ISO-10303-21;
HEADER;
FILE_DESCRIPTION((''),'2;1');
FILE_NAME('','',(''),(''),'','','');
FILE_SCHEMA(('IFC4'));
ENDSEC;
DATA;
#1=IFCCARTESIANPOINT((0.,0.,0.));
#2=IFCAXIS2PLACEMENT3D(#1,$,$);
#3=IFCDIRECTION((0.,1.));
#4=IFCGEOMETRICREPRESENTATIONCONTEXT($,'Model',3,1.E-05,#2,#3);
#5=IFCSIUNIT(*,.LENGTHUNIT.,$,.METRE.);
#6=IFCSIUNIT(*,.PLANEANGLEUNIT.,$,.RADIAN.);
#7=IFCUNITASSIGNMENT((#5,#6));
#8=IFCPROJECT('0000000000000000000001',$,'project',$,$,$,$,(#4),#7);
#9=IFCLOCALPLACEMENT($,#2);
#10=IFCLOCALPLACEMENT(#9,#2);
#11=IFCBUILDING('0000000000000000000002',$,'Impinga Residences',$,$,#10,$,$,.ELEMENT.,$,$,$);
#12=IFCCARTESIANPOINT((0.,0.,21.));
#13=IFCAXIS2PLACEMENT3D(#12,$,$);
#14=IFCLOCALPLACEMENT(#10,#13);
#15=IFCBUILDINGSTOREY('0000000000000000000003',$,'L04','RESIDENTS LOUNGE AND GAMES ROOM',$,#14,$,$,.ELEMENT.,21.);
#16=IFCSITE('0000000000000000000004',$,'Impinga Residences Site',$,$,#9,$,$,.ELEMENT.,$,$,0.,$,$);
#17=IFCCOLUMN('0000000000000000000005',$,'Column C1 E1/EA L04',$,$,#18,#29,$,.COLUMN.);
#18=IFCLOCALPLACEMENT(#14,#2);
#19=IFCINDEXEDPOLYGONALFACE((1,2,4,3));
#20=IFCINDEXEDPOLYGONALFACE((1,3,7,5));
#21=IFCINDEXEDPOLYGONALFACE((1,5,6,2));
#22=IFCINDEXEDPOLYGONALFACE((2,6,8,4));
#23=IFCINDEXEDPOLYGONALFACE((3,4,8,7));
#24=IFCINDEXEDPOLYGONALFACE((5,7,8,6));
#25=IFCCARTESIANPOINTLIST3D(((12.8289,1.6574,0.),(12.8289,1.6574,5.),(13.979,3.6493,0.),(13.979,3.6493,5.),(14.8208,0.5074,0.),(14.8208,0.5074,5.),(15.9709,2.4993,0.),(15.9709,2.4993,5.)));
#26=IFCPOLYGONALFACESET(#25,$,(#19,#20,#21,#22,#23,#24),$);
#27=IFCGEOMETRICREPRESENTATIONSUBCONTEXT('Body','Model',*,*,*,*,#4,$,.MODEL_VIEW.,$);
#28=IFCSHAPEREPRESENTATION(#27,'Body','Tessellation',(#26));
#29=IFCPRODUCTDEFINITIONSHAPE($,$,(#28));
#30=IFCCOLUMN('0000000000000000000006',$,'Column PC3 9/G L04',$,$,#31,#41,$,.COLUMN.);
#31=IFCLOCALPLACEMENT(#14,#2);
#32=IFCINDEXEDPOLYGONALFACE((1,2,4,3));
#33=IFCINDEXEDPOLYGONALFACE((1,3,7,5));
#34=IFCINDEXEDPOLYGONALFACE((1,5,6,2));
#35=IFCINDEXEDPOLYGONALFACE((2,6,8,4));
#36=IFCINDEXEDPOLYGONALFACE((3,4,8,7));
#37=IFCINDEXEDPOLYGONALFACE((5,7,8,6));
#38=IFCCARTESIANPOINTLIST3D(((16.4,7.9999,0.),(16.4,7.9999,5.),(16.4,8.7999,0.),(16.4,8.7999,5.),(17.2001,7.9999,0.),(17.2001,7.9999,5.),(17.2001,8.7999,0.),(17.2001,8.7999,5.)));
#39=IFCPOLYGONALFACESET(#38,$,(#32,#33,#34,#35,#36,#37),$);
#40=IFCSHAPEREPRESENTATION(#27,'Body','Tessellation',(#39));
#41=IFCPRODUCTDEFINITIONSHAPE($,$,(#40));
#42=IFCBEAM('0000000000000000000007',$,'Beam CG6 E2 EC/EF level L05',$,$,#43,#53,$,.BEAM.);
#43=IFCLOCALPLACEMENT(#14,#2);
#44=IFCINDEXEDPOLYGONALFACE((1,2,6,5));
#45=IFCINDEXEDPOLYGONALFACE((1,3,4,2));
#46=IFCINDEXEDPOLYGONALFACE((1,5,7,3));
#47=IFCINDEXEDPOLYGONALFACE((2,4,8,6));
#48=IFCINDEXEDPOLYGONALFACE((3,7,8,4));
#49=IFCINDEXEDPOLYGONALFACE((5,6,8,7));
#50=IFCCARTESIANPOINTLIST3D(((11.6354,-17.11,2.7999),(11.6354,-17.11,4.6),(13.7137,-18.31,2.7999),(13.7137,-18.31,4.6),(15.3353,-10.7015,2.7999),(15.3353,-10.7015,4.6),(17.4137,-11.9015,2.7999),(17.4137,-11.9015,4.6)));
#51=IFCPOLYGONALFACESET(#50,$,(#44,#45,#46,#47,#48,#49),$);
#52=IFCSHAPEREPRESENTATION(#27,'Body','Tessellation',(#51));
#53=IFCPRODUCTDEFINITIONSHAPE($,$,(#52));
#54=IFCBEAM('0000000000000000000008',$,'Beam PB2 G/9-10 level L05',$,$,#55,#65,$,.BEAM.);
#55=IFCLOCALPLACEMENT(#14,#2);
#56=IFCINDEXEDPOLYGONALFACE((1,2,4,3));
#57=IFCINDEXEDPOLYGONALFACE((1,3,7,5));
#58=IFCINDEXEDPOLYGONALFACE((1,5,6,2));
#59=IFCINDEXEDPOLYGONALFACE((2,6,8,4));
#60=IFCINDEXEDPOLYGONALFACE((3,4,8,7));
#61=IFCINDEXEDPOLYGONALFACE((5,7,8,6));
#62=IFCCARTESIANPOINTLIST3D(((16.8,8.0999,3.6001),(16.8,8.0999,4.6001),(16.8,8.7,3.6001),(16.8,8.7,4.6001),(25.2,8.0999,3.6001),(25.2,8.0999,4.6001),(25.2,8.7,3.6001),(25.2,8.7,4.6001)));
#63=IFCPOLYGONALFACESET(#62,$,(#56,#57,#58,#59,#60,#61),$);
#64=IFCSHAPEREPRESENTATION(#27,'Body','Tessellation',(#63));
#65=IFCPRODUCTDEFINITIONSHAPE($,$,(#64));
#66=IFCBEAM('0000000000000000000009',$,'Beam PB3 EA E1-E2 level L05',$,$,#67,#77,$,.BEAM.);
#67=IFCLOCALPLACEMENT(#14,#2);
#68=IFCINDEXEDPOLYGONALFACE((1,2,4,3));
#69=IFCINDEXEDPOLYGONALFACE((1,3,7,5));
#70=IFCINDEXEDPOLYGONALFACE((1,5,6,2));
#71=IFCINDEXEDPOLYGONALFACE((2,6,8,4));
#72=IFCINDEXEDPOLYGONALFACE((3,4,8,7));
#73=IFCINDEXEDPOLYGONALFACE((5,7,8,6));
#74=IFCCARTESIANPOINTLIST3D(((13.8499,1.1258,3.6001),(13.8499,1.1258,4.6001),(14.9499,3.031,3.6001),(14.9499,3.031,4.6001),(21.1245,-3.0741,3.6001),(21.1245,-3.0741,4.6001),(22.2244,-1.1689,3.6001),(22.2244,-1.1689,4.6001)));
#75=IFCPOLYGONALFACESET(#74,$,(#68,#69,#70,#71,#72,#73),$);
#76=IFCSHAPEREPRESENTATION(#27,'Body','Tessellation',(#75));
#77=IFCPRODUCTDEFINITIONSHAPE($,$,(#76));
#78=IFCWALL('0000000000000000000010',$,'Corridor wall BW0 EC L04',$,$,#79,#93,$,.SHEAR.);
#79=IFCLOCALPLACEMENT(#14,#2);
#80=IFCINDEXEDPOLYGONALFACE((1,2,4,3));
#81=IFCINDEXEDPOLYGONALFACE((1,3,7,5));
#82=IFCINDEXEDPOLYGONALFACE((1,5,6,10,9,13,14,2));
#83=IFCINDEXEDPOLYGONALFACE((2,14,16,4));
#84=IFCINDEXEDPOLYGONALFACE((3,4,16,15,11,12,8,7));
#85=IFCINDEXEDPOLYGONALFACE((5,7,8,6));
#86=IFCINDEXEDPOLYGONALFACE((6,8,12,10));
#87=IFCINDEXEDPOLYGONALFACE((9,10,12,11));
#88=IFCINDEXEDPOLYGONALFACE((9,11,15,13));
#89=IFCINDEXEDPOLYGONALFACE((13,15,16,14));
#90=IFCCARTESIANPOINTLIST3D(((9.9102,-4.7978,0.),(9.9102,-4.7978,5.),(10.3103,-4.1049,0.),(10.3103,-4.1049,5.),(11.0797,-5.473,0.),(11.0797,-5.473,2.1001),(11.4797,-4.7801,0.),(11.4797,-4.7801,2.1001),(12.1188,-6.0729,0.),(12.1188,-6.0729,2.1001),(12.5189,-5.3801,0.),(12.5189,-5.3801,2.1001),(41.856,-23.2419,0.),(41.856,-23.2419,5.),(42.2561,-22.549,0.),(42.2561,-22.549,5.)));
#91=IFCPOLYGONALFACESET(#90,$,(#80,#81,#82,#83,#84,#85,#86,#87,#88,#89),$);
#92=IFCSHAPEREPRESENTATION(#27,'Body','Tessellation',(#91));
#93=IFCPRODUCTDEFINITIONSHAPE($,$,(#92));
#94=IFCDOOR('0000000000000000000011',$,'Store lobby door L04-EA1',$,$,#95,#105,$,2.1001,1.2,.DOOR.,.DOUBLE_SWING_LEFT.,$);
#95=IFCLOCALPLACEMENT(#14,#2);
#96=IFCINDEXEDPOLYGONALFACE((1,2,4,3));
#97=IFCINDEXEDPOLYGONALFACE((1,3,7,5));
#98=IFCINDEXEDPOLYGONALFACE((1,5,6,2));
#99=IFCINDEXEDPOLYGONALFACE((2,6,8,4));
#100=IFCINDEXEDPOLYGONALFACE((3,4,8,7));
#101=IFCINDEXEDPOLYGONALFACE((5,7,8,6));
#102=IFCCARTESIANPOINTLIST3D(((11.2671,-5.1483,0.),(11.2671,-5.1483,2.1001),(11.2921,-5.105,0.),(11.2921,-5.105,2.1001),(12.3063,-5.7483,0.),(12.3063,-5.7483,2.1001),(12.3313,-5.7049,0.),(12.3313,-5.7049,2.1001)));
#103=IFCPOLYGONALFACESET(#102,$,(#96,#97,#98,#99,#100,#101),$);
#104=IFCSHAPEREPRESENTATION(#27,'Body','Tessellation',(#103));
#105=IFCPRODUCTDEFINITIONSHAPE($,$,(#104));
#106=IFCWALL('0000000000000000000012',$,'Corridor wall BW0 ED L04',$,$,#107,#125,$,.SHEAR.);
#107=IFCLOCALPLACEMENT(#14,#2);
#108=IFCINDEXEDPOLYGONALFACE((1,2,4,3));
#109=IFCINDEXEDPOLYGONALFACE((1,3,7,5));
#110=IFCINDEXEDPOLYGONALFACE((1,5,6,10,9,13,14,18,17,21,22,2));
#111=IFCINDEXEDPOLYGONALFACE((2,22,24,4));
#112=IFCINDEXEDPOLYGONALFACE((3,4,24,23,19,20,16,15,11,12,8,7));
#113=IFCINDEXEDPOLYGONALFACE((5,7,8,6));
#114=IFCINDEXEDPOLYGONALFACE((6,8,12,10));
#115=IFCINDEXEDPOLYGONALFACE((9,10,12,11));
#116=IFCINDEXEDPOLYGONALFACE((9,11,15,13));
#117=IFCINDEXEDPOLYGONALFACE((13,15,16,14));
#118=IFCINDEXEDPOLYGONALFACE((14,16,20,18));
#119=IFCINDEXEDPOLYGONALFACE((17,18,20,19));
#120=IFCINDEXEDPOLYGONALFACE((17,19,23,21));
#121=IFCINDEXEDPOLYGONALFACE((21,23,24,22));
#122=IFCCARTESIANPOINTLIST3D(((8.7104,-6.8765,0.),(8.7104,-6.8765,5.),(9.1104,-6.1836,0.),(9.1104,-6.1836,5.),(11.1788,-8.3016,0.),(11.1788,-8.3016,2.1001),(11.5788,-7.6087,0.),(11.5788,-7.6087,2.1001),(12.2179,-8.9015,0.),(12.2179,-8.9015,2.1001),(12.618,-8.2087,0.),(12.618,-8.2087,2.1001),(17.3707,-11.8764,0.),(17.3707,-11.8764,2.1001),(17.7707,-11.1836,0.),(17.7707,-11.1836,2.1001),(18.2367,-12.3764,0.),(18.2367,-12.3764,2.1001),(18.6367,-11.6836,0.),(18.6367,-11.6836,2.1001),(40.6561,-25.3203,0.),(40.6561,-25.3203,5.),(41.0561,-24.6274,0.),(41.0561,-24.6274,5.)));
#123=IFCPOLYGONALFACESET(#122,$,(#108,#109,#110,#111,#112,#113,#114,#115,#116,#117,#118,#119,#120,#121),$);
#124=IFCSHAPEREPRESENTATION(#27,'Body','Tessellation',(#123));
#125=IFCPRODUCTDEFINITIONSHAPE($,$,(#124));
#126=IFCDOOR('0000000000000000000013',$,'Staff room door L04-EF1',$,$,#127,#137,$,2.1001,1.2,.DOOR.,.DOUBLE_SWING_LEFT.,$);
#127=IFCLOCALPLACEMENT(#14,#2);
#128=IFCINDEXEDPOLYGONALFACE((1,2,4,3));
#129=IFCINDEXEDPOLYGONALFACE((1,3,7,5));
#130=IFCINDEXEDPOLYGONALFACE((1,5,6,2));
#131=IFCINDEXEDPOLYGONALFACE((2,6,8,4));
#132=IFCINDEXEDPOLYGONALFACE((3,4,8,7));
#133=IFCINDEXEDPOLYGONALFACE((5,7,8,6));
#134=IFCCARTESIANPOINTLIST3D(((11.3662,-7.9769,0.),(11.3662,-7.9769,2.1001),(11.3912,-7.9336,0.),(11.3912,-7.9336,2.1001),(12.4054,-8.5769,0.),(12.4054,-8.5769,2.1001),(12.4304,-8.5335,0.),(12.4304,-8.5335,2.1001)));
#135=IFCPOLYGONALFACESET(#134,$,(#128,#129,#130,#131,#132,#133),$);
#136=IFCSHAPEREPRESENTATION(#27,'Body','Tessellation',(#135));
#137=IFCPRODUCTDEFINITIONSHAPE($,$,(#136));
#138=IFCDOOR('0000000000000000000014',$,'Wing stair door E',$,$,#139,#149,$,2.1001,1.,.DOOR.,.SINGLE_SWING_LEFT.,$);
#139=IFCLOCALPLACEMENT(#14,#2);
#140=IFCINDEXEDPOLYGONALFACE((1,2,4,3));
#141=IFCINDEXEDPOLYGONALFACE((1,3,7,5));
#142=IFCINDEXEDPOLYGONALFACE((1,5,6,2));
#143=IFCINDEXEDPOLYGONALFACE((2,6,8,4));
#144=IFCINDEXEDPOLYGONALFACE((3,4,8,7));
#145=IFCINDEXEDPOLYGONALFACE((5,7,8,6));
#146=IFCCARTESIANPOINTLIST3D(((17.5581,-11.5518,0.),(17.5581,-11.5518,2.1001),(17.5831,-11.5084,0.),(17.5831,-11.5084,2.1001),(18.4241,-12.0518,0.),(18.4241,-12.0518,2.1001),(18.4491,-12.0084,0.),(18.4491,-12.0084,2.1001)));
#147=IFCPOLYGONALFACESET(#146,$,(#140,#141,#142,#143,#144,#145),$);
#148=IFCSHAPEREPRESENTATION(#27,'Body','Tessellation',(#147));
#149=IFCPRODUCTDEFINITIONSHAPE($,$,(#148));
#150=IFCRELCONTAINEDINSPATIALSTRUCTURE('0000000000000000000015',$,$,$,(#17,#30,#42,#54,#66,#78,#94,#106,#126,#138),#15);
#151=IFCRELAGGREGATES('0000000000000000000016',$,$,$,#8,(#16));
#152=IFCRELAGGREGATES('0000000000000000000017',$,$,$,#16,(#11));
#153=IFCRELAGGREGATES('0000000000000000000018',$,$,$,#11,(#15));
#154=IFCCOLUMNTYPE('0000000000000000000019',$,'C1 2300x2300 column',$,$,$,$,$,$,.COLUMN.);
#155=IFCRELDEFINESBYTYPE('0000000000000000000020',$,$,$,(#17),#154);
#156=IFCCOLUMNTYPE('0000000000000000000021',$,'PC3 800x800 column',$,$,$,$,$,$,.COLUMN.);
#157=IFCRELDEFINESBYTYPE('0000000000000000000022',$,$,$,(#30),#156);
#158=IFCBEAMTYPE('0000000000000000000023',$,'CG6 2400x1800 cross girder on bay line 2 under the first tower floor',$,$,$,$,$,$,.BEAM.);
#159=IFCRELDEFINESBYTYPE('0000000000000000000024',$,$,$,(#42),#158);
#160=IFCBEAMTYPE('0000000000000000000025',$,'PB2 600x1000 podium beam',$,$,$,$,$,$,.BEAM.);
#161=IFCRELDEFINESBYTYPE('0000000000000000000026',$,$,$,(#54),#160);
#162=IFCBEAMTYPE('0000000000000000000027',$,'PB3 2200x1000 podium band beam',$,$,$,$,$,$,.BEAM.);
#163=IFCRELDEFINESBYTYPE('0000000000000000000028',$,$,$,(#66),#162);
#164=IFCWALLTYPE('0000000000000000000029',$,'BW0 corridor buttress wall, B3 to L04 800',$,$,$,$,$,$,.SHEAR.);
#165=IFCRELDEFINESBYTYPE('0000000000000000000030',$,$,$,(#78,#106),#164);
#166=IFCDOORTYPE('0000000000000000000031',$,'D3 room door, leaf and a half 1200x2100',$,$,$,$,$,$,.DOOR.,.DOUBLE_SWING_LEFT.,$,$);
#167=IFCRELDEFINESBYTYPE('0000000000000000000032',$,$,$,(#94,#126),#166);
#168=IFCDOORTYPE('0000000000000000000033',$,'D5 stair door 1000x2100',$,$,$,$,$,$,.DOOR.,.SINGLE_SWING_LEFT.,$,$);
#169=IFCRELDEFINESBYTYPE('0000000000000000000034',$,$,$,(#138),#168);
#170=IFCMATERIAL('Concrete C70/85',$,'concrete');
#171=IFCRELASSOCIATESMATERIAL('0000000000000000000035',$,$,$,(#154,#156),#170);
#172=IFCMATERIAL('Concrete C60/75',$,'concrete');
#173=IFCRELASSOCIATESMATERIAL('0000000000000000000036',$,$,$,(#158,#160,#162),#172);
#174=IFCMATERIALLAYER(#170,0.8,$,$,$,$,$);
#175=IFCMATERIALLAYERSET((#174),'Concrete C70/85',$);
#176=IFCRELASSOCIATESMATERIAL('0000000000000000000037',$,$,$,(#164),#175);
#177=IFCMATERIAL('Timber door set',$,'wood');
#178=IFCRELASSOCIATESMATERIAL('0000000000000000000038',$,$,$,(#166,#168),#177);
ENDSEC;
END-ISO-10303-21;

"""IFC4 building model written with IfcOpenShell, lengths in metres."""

from ifc_helpers import new_model, si_unit, direction, frame, frame_2d, origin, origin_2d, place, context, subcontext, project, spatial, rectangle, extrude, material, layer, layer_set, material_profile, profile_set, type_object, element, fill, save


model = new_model("IFC4")

# Units and contexts
model_context = context("Model", 3, precision=1e-05, world=origin(), true_north=direction((0.0, 1.0)))
body_context = subcontext(model_context, "Body", "Model", "MODEL_VIEW")
ifc_project = project(units=[si_unit("LENGTHUNIT", "METRE"), si_unit("PLANEANGLEUNIT", "RADIAN")], contexts=[model_context])

# Site, building, storey
site_placement = place(None, origin())
site = spatial("IfcSite", under=ifc_project, at=site_placement, Name="Impinga Residences Site", CompositionType="ELEMENT", RefElevation=0.0)
building_placement = place(site_placement, origin())
building = spatial("IfcBuilding", under=site, at=building_placement, Name="Impinga Residences", CompositionType="ELEMENT")
storey_placement = place(building_placement, frame((0.0, 0.0, 21.0)))
storey = spatial("IfcBuildingStorey", under=building, at=storey_placement, Name="L04", Description="RESIDENTS LOUNGE AND GAMES ROOM", CompositionType="ELEMENT", Elevation=21.0)

# Columns
ifc_material_1 = material(Name="Concrete C70/85", Category="concrete")
ifc_material_profile_1 = material_profile(ifc_material_1, rectangle(XDim=2.3, YDim=2.3, at=origin_2d()), Name="RC 2300x2300")
ifc_profile_set_1 = profile_set([ifc_material_profile_1], Name="Concrete C70/85")
column_type_1 = type_object("IfcColumnType", Name="C1 2300x2300 column", PredefinedType="COLUMN", material=ifc_profile_set_1)
column_1_placement = place(storey_placement, frame((14.3999, 2.0784, 0.0), z_axis=(0.0, 0.0, 1.0), x_axis=(-0.5, -0.866025, 0.0)))
element("IfcColumn", 1, at=column_1_placement, inside=storey, type_object=column_type_1, Name="Column C1 E1/EA L04", PredefinedType="COLUMN", context=body_context, shape_type="SweptSolid", body=[
    extrude(rectangle(XDim=2.3, YDim=2.3, at=origin_2d()), origin(), (0.0, 0.0, 1.0), 5.0),
])
ifc_material_profile_2 = material_profile(ifc_material_1, rectangle(XDim=0.8, YDim=0.8, at=origin_2d()), Name="RC 800x800")
ifc_profile_set_2 = profile_set([ifc_material_profile_2], Name="Concrete C70/85")
column_type_2 = type_object("IfcColumnType", Name="PC3 800x800 column", PredefinedType="COLUMN", material=ifc_profile_set_2)
column_2_placement = place(storey_placement, frame((16.8, 8.3999, 0.0), z_axis=(0.0, 0.0, 1.0), x_axis=(1.0, 0.0, 0.0)))
element("IfcColumn", 2, at=column_2_placement, inside=storey, type_object=column_type_2, Name="Column PC3 9/G L04", PredefinedType="COLUMN", context=body_context, shape_type="SweptSolid", body=[
    extrude(rectangle(XDim=0.8, YDim=0.8, at=origin_2d()), origin(), (0.0, 0.0, 1.0), 5.0),
])

# Beams
ifc_material_2 = material(Name="Concrete C60/75", Category="concrete")
ifc_material_profile_3 = material_profile(ifc_material_2, rectangle(XDim=2.3999, YDim=1.8, at=origin_2d()), Name="RC 2400x1800")
ifc_profile_set_3 = profile_set([ifc_material_profile_3], Name="Concrete C60/75")
beam_type_1 = type_object("IfcBeamType", Name="CG6 2400x1800 cross girder on bay line 2 under the first tower floor", PredefinedType="BEAM", material=ifc_profile_set_3)
beam_1_placement = place(storey_placement, frame((16.3745, -11.3015, 3.7), z_axis=(-0.500003, -0.866024, 0.0), x_axis=(0.866024, -0.500003, 0.0)))
element("IfcBeam", 3, at=beam_1_placement, inside=storey, type_object=beam_type_1, Name="Beam CG6 E2 EC/EF level L05", PredefinedType="BEAM", context=body_context, shape_type="SweptSolid", body=[
    extrude(rectangle(XDim=2.3999, YDim=1.8, at=origin_2d()), origin(), (0.0, 0.0, 1.0), 7.3999),
])
ifc_material_profile_4 = material_profile(ifc_material_2, rectangle(XDim=0.6001, YDim=1.0, at=origin_2d()), Name="RC 600x1000")
ifc_profile_set_4 = profile_set([ifc_material_profile_4], Name="Concrete C60/75")
beam_type_2 = type_object("IfcBeamType", Name="PB2 600x1000 podium beam", PredefinedType="BEAM", material=ifc_profile_set_4)
beam_2_placement = place(storey_placement, frame((16.8, 8.3999, 4.1001), z_axis=(1.0, 0.0, 0.0), x_axis=(0.0, 1.0, 0.0)))
element("IfcBeam", 4, at=beam_2_placement, inside=storey, type_object=beam_type_2, Name="Beam PB2 G/9-10 level L05", PredefinedType="BEAM", context=body_context, shape_type="SweptSolid", body=[
    extrude(rectangle(XDim=0.6001, YDim=1.0, at=origin_2d()), origin(), (0.0, 0.0, 1.0), 8.3999),
])
ifc_material_profile_5 = material_profile(ifc_material_2, rectangle(XDim=2.2, YDim=1.0, at=origin_2d()), Name="RC 2200x1000")
ifc_profile_set_5 = profile_set([ifc_material_profile_5], Name="Concrete C60/75")
beam_type_3 = type_object("IfcBeamType", Name="PB3 2200x1000 podium band beam", PredefinedType="BEAM", material=ifc_profile_set_5)
beam_3_placement = place(storey_placement, frame((14.3999, 2.0784, 4.1001), z_axis=(0.866029, -0.499993, 0.0), x_axis=(0.499993, 0.866029, 0.0)))
element("IfcBeam", 5, at=beam_3_placement, inside=storey, type_object=beam_type_3, Name="Beam PB3 EA E1-E2 level L05", PredefinedType="BEAM", context=body_context, shape_type="SweptSolid", body=[
    extrude(rectangle(XDim=2.2, YDim=1.0, at=origin_2d()), origin(), (0.0, 0.0, 1.0), 8.3999),
])

# Wall, opening, door
ifc_layer_1 = layer(ifc_material_1, 0.8)
ifc_layer_set_1 = layer_set([ifc_layer_1], Name="Concrete C70/85")
wall_type_1 = type_object("IfcWallType", Name="BW0 corridor buttress wall, B3 to L04 800", PredefinedType="SHEAR", material=ifc_layer_set_1)
wall_1_placement = place(storey_placement, frame((10.1104, -4.4514, 0.0), z_axis=(0.0, 0.0, 1.0), x_axis=(0.866023, -0.500004, 0.0)))
wall_1 = element("IfcWall", 6, at=wall_1_placement, inside=storey, type_object=wall_type_1, Name="Corridor wall BW0 EC L04", PredefinedType="SHEAR", context=body_context, shape_type="SweptSolid", body=[
    extrude(rectangle(XDim=36.8879, YDim=0.8, at=frame_2d((18.4438, 0.0))), origin(), (0.0, 0.0, 1.0), 5.0),
])
opening_1_placement = place(wall_1_placement, frame((1.3501, 0.0, 0.0)))
opening_1 = element("IfcOpeningElement", 7, at=opening_1_placement, cuts=wall_1, PredefinedType="OPENING", context=body_context, shape_type="SweptSolid", body=[
    extrude(rectangle(XDim=1.2, YDim=2.1001, at=frame_2d((0.6001, 1.05))), frame((0.0, 0.4099, 0.0), z_axis=(0.0, -1.0, 0.0), x_axis=(1.0, 0.0, 0.0)), (0.0, 0.0, 1.0), 0.8201),
])
ifc_material_3 = material(Name="Timber door set", Category="wood")
door_type_1 = type_object("IfcDoorType", Name="D3 room door, leaf and a half 1200x2100", OperationType="DOUBLE_SWING_LEFT", PredefinedType="DOOR", material=ifc_material_3)
door_1_placement = place(opening_1_placement, origin())
door_1 = element("IfcDoor", 8, at=door_1_placement, inside=storey, type_object=door_type_1, Name="Store lobby door L04-EA1", OperationType="DOUBLE_SWING_LEFT", OverallHeight=2.1001, OverallWidth=1.2, PredefinedType="DOOR", context=body_context, shape_type="SweptSolid", body=[
    extrude(rectangle(XDim=1.2, YDim=2.1001, at=frame_2d((0.6001, 1.05))), frame((0.0, 0.0249, 0.0), z_axis=(0.0, -1.0, 0.0), x_axis=(1.0, 0.0, 0.0)), (0.0, 0.0, 1.0), 0.05),
])
fill(opening_1, door_1)

# Wall, openings, doors
wall_2_placement = place(storey_placement, frame((8.9104, -6.53, 0.0), z_axis=(0.0, 0.0, 1.0), x_axis=(0.866026, -0.499999, 0.0)))
wall_2 = element("IfcWall", 9, at=wall_2_placement, inside=storey, type_object=wall_type_1, Name="Corridor wall BW0 ED L04", PredefinedType="SHEAR", context=body_context, shape_type="SweptSolid", body=[
    extrude(rectangle(XDim=36.8877, YDim=0.8, at=frame_2d((18.4438, 0.0))), origin(), (0.0, 0.0, 1.0), 5.0),
])
opening_2_placement = place(wall_2_placement, frame((10.0, 0.0, 0.0)))
opening_2 = element("IfcOpeningElement", 10, at=opening_2_placement, cuts=wall_2, PredefinedType="OPENING", context=body_context, shape_type="SweptSolid", body=[
    extrude(rectangle(XDim=1.0, YDim=2.1001, at=frame_2d((0.5, 1.05))), frame((0.0, 0.4099, 0.0), z_axis=(0.0, -1.0, 0.0), x_axis=(1.0, 0.0, 0.0)), (0.0, 0.0, 1.0), 0.8201),
])
opening_3_placement = place(wall_2_placement, frame((2.8501, 0.0, 0.0)))
opening_3 = element("IfcOpeningElement", 11, at=opening_3_placement, cuts=wall_2, PredefinedType="OPENING", context=body_context, shape_type="SweptSolid", body=[
    extrude(rectangle(XDim=1.2, YDim=2.1001, at=frame_2d((0.6001, 1.05))), frame((0.0, 0.4099, 0.0), z_axis=(0.0, -1.0, 0.0), x_axis=(1.0, 0.0, 0.0)), (0.0, 0.0, 1.0), 0.8201),
])
door_2_placement = place(opening_3_placement, origin())
door_2 = element("IfcDoor", 12, at=door_2_placement, inside=storey, type_object=door_type_1, Name="Staff room door L04-EF1", OperationType="DOUBLE_SWING_LEFT", OverallHeight=2.1001, OverallWidth=1.2, PredefinedType="DOOR", context=body_context, shape_type="SweptSolid", body=[
    extrude(rectangle(XDim=1.2, YDim=2.1001, at=frame_2d((0.6001, 1.05))), frame((0.0, 0.0249, 0.0), z_axis=(0.0, -1.0, 0.0), x_axis=(1.0, 0.0, 0.0)), (0.0, 0.0, 1.0), 0.05),
])
fill(opening_3, door_2)
door_type_2 = type_object("IfcDoorType", Name="D5 stair door 1000x2100", OperationType="SINGLE_SWING_LEFT", PredefinedType="DOOR", material=ifc_material_3)
door_3_placement = place(opening_2_placement, origin())
door_3 = element("IfcDoor", 13, at=door_3_placement, inside=storey, type_object=door_type_2, Name="Wing stair door E", OperationType="SINGLE_SWING_LEFT", OverallHeight=2.1001, OverallWidth=1.0, PredefinedType="DOOR", context=body_context, shape_type="SweptSolid", body=[
    extrude(rectangle(XDim=1.0, YDim=2.1001, at=frame_2d((0.5, 1.05))), frame((0.0, 0.0249, 0.0), z_axis=(0.0, -1.0, 0.0), x_axis=(1.0, 0.0, 0.0)), (0.0, 0.0, 1.0), 0.05),
])
fill(opening_2, door_3)

save(model, "model.ifc")
